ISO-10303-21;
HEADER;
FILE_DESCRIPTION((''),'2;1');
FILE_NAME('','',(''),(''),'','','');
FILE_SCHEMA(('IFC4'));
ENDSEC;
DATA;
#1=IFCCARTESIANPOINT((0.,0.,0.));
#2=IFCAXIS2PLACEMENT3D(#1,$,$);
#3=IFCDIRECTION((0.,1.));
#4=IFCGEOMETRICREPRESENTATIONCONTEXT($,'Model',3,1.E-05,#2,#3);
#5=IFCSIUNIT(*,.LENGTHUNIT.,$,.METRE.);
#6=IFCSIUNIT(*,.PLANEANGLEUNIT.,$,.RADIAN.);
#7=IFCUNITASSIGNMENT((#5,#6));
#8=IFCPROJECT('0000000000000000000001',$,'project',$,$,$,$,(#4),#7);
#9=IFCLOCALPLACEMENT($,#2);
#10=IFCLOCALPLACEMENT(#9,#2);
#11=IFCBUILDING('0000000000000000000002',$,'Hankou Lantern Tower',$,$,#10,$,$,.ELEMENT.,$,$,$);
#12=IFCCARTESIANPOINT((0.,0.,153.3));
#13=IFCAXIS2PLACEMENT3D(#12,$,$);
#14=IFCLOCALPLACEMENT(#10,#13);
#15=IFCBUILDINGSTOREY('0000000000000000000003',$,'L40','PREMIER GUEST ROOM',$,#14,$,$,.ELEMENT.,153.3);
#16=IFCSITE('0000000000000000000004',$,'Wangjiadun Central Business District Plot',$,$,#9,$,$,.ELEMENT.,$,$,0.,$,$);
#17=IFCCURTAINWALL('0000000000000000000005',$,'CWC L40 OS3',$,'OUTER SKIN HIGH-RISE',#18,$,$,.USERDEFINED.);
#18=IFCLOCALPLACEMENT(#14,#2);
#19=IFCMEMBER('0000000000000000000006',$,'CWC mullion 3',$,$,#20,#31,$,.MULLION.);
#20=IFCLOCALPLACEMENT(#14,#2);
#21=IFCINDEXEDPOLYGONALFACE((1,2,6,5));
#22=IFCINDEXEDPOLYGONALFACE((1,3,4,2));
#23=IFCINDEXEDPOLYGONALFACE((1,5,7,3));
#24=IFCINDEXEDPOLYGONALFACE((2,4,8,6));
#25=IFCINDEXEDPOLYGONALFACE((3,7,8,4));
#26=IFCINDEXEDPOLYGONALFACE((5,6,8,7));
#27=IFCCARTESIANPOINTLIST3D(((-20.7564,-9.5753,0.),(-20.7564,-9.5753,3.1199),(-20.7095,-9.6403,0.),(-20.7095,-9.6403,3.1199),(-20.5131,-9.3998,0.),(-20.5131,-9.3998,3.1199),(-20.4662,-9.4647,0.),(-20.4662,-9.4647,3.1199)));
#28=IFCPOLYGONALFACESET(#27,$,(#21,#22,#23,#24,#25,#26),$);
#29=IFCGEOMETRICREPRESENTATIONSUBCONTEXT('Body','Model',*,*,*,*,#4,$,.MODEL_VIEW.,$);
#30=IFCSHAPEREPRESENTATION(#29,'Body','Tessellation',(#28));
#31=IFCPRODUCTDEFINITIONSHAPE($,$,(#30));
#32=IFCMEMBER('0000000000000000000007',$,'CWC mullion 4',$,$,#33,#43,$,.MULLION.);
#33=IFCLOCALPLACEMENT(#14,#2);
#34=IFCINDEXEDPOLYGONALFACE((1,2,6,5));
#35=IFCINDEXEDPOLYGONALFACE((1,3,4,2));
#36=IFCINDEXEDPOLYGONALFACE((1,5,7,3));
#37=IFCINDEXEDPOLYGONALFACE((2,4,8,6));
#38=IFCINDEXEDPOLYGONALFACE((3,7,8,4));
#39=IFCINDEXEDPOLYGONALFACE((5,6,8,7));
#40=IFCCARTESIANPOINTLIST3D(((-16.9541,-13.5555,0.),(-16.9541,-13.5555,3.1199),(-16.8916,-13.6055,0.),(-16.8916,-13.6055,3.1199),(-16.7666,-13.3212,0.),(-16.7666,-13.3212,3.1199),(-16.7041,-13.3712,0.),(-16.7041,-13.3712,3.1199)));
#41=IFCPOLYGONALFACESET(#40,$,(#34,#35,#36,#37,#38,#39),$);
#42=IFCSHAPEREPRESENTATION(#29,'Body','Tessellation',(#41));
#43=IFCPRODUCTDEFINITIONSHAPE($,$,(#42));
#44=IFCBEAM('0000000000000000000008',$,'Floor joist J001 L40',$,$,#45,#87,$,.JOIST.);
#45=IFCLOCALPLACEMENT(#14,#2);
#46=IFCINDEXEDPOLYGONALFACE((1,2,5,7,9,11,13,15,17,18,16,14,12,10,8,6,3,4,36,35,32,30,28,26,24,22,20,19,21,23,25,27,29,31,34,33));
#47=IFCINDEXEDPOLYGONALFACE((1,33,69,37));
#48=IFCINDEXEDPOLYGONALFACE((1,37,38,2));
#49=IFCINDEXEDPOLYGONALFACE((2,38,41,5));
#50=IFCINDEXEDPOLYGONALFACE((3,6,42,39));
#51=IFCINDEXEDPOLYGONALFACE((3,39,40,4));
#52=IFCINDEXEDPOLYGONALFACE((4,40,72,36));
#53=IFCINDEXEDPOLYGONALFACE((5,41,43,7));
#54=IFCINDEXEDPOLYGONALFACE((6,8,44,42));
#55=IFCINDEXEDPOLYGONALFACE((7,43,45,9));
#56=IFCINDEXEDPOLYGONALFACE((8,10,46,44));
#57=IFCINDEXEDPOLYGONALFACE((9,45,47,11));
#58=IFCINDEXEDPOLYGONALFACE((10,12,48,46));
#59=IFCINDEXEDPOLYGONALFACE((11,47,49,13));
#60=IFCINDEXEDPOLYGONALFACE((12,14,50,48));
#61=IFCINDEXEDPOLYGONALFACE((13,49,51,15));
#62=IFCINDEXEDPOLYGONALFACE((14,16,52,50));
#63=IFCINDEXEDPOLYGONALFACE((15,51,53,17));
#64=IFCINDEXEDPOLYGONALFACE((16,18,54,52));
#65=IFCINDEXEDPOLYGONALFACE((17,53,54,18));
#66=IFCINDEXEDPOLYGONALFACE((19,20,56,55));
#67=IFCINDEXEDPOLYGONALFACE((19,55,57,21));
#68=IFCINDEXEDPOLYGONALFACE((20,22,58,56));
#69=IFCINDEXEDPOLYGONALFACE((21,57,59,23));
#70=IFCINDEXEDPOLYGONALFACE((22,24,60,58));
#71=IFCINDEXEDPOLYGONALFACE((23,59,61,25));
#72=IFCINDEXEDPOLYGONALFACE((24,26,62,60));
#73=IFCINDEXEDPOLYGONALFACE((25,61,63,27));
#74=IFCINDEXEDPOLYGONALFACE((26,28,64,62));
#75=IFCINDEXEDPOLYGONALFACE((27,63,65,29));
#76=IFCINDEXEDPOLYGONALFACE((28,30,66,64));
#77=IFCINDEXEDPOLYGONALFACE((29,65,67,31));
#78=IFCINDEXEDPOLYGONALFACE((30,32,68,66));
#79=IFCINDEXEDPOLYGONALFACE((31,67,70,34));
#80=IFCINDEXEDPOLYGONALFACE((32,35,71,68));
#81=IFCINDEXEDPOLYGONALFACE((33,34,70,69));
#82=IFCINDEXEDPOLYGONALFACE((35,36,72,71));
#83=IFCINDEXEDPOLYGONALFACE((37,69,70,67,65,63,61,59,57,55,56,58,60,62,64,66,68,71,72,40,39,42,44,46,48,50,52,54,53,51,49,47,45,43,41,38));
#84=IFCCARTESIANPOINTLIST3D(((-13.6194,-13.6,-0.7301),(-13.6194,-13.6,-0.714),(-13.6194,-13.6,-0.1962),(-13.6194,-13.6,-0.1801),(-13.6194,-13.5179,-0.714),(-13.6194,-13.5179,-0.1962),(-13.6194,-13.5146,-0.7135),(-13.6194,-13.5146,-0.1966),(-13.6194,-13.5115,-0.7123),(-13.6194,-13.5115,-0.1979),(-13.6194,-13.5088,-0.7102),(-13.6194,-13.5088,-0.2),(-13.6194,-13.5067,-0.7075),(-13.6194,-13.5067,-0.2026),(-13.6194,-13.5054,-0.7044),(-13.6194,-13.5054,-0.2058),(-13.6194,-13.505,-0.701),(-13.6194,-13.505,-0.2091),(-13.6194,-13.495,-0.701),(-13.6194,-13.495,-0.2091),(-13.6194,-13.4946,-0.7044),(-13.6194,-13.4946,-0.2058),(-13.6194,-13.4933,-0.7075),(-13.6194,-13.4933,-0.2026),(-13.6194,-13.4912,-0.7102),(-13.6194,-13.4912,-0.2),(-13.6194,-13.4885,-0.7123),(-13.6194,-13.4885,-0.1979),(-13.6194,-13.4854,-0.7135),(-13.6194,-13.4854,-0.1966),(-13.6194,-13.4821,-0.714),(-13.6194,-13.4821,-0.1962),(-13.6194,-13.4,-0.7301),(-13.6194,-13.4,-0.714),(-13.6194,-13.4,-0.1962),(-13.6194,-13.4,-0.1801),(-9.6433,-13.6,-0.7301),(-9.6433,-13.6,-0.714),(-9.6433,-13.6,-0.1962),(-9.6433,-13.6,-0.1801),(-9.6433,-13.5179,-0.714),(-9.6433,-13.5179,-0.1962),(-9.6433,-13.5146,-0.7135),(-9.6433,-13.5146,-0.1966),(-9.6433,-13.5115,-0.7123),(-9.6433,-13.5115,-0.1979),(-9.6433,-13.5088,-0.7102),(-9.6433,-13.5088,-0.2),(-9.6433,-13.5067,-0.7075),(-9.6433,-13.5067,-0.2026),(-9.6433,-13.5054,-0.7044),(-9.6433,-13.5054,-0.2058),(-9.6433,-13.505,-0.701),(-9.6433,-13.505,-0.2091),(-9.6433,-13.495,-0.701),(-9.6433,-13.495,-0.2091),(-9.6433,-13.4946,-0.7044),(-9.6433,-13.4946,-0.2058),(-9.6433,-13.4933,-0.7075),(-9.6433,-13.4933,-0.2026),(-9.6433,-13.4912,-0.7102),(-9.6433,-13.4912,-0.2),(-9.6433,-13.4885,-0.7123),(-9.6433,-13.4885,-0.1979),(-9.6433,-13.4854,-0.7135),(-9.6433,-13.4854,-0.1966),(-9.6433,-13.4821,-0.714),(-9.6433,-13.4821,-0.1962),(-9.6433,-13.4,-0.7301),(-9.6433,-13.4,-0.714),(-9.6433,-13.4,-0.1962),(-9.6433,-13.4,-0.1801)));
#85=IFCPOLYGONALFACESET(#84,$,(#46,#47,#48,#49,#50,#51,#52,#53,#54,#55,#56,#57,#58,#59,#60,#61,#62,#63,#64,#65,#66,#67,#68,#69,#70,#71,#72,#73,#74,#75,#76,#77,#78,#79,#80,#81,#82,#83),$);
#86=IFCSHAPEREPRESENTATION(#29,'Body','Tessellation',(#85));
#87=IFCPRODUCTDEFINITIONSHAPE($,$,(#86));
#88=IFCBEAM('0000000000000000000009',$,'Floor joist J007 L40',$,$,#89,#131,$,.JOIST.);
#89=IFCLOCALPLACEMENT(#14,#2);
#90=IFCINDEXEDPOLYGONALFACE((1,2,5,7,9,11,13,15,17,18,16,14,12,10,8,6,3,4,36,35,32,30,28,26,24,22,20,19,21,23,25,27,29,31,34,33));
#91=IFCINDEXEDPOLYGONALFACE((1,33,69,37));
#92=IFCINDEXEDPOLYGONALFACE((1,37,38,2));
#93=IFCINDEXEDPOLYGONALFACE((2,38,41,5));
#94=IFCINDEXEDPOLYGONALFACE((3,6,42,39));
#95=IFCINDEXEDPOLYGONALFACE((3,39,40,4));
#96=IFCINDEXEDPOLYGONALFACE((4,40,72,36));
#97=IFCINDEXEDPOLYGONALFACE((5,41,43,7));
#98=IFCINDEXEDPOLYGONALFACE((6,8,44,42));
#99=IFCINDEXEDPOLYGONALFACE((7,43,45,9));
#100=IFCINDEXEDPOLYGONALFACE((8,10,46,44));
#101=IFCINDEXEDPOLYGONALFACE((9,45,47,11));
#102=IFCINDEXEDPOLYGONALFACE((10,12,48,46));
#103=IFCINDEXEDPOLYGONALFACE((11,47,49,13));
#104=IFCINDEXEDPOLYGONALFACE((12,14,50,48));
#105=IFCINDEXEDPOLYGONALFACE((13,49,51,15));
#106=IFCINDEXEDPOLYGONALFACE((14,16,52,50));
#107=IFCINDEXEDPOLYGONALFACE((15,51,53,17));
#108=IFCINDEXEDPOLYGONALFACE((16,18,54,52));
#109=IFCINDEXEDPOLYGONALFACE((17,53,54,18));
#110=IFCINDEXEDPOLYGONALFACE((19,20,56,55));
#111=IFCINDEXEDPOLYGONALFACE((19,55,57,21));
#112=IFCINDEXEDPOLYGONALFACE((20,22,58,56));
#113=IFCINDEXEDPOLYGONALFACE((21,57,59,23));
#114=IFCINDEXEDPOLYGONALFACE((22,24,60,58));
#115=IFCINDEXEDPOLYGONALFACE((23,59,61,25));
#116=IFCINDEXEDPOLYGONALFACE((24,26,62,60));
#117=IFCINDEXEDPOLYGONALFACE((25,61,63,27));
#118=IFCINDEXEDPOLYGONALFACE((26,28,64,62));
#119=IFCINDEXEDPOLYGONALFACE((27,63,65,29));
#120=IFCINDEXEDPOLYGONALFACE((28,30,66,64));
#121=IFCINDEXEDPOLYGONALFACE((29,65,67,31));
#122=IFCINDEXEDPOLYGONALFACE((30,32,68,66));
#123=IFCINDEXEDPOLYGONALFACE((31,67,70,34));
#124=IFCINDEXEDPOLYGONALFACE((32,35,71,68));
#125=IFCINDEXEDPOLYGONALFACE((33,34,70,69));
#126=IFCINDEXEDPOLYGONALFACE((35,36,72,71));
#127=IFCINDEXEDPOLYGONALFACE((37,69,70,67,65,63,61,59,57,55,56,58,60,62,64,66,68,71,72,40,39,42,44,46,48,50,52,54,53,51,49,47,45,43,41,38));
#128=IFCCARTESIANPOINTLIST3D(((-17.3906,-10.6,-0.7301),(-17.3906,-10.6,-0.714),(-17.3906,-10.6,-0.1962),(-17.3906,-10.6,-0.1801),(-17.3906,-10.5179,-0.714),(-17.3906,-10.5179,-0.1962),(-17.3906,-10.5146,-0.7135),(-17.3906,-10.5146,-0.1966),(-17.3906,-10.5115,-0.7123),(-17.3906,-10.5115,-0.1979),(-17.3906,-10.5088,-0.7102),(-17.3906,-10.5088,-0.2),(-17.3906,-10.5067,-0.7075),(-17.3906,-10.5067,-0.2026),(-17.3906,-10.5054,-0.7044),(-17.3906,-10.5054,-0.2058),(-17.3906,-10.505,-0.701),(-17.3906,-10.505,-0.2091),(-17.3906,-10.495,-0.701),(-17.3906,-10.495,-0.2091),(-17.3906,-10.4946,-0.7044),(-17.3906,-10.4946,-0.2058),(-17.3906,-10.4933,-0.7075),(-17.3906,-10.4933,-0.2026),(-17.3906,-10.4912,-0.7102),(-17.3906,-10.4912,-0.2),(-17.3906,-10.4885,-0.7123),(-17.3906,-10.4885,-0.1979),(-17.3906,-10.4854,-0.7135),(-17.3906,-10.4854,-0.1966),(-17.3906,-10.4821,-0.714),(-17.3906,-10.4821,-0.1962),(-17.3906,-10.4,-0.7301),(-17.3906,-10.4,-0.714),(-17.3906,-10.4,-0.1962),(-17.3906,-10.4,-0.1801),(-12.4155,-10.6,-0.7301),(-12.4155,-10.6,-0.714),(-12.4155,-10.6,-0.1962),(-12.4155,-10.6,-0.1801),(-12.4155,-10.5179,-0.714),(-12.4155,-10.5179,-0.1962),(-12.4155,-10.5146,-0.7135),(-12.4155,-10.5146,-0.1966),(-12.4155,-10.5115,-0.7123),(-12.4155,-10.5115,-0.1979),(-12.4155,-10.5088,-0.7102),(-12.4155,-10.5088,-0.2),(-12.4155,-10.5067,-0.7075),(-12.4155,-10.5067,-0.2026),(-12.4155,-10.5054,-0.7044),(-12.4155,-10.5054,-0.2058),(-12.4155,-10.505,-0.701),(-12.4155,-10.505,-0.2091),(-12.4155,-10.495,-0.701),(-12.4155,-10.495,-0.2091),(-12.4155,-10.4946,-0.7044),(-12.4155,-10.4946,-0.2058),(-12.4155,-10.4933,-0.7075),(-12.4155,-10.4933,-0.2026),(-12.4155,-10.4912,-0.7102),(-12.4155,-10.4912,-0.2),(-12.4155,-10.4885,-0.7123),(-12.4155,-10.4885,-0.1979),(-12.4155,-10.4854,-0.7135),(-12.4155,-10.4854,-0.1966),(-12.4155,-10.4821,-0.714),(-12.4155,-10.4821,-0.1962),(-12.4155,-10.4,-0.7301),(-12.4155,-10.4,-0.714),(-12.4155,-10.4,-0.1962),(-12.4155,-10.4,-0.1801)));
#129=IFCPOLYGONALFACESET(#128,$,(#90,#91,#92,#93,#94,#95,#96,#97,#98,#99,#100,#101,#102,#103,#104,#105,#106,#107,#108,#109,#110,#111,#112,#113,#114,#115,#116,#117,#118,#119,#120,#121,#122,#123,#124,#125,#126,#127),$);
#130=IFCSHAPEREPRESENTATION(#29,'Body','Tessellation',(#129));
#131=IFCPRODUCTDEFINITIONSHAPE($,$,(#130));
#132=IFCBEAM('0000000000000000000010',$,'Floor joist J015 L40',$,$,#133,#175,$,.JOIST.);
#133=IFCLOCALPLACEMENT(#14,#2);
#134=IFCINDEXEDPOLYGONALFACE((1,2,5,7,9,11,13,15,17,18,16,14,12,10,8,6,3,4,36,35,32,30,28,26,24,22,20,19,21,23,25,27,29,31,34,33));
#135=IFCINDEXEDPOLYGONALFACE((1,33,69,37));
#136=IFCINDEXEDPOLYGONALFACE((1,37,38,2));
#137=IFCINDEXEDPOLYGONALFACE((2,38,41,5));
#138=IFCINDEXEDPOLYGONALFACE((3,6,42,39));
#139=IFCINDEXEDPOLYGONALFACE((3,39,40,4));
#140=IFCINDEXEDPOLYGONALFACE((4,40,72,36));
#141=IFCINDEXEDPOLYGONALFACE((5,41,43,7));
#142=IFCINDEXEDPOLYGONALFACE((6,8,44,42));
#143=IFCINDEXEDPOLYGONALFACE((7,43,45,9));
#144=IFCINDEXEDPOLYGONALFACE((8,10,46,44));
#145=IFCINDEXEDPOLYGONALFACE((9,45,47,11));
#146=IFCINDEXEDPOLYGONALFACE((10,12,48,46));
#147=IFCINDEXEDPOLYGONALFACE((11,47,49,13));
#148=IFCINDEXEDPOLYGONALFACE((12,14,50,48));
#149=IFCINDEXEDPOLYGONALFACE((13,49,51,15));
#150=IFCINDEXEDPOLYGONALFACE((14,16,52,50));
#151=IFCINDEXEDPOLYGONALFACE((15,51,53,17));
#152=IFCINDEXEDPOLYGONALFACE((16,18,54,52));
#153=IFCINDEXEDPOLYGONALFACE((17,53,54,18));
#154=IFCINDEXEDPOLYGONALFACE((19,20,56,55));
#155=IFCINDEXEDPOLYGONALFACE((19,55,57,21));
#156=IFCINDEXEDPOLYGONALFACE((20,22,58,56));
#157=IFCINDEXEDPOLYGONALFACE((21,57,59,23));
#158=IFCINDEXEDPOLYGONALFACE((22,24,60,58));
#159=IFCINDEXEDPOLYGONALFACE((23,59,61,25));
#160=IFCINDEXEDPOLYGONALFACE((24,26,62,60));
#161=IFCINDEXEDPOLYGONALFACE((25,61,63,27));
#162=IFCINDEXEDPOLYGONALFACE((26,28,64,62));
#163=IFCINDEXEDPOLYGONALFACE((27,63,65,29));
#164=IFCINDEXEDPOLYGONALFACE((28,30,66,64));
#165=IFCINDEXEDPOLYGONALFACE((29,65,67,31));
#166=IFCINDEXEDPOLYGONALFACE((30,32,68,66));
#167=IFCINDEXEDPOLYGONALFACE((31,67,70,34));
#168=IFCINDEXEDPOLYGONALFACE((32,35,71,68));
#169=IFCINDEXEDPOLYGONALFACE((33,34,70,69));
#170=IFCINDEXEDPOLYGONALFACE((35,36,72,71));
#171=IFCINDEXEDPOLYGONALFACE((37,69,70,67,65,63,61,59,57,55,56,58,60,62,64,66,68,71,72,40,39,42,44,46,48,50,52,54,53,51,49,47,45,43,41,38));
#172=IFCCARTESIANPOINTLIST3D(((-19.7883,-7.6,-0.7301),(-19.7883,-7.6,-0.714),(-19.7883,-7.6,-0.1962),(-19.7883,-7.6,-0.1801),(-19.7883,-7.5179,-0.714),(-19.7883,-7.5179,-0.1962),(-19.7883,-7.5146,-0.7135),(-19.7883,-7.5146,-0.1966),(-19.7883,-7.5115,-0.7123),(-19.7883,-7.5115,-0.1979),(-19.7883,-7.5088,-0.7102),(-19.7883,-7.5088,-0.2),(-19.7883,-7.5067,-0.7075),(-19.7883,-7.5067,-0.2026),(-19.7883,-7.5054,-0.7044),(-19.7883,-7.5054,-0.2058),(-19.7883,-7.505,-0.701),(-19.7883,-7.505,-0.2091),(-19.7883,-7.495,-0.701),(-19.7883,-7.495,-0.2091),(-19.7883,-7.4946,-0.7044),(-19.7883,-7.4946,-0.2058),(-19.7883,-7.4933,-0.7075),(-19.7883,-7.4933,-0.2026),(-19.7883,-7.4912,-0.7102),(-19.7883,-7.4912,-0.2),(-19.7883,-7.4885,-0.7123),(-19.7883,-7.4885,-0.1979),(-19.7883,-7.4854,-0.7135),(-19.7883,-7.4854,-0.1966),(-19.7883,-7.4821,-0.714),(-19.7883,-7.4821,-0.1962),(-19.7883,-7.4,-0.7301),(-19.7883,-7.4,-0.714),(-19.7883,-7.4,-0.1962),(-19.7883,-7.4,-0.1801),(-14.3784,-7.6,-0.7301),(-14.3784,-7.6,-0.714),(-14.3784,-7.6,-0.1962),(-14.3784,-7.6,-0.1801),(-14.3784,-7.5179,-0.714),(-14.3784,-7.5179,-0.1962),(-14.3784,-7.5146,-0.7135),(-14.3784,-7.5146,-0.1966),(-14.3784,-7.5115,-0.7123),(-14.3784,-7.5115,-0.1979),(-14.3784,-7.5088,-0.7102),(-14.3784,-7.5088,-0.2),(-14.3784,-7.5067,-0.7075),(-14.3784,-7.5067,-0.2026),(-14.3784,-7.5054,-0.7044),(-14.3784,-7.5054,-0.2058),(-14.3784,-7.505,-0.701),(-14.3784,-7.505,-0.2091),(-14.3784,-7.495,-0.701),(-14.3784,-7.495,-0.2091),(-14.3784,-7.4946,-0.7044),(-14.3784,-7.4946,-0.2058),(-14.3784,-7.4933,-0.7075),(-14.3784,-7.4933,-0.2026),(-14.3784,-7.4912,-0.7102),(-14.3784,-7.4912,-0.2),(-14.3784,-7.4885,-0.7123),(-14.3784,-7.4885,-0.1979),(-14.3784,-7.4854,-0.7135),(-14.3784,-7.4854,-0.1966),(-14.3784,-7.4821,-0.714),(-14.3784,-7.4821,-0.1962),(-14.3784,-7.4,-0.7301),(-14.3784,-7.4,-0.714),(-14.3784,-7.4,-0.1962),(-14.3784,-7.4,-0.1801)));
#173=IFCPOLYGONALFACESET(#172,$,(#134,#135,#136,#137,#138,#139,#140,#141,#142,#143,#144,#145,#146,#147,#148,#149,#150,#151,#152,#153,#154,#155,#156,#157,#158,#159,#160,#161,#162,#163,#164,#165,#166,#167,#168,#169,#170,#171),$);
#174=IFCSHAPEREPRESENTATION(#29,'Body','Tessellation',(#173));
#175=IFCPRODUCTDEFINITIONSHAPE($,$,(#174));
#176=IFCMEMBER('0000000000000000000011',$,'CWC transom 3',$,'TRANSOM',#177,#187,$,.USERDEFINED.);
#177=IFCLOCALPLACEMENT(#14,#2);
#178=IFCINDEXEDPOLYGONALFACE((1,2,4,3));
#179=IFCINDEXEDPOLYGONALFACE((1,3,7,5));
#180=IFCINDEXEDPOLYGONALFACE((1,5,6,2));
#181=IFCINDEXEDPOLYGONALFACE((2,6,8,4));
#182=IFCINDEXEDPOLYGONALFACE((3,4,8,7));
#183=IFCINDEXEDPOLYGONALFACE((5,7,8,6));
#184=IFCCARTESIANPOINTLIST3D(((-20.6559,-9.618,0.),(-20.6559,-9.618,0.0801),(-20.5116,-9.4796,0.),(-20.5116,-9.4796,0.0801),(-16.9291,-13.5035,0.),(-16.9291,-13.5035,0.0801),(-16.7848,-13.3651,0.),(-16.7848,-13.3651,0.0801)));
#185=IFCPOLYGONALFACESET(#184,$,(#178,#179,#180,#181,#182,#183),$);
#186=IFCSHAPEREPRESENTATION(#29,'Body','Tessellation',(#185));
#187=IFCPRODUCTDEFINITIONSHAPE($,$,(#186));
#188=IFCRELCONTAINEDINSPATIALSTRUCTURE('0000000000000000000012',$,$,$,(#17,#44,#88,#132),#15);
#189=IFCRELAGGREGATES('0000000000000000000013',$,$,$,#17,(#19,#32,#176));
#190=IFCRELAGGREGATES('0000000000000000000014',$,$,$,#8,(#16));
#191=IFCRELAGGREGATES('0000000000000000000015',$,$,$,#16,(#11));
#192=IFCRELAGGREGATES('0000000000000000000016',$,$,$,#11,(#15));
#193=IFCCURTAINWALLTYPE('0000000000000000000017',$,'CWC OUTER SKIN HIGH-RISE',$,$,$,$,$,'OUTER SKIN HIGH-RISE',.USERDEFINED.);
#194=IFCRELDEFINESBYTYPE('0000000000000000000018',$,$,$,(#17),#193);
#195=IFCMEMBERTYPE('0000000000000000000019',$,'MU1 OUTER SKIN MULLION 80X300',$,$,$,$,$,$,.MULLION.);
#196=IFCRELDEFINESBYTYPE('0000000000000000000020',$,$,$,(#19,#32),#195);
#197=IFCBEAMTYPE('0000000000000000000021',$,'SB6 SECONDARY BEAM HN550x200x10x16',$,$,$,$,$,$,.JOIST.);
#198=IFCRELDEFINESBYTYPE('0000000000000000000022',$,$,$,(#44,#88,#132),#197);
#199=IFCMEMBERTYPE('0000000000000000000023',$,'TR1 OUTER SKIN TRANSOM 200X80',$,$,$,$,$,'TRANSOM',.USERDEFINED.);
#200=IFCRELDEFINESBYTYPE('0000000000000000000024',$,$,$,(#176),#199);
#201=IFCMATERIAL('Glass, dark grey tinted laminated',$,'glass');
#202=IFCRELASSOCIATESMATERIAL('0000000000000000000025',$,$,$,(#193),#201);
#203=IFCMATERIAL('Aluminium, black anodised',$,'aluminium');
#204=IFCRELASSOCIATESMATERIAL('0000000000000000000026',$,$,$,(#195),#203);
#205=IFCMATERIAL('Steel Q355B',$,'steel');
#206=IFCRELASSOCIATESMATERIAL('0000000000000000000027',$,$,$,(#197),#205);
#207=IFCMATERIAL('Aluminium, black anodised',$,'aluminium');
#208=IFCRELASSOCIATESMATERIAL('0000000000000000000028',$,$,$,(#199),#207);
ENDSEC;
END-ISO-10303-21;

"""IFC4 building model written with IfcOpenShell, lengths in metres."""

from ifc_helpers import new_model, si_unit, direction, frame, origin, origin_2d, place, context, subcontext, project, spatial, rectangle, i_section, extrude, material, material_profile, profile_set, type_object, element, aggregate, save


model = new_model("IFC4")

# Units and contexts
model_context = context("Model", 3, precision=1e-05, world=origin(), true_north=direction((0.0, 1.0)))
body_context = subcontext(model_context, "Body", "Model", "MODEL_VIEW")
ifc_project = project(units=[si_unit("LENGTHUNIT", "METRE"), si_unit("PLANEANGLEUNIT", "RADIAN")], contexts=[model_context])

# Site, building, storey
site_placement = place(None, origin())
site = spatial("IfcSite", under=ifc_project, at=site_placement, Name="Wangjiadun Central Business District Plot", CompositionType="ELEMENT", RefElevation=0.0)
building_placement = place(site_placement, origin())
building = spatial("IfcBuilding", under=site, at=building_placement, Name="Hankou Lantern Tower", CompositionType="ELEMENT")
storey_placement = place(building_placement, frame((0.0, 0.0, 153.3)))
storey = spatial("IfcBuildingStorey", under=building, at=storey_placement, Name="L40", Description="PREMIER GUEST ROOM", CompositionType="ELEMENT", Elevation=153.3)

# Curtain wall, members
ifc_material_1 = material(Name="Glass, dark grey tinted laminated", Category="glass")
curtain_wall_type = type_object("IfcCurtainWallType", Name="CWC OUTER SKIN HIGH-RISE", ElementType="OUTER SKIN HIGH-RISE", PredefinedType="USERDEFINED", material=ifc_material_1)
curtain_wall_placement = place(storey_placement, origin())
curtain_wall = element("IfcCurtainWall", 1, at=curtain_wall_placement, inside=storey, type_object=curtain_wall_type, Name="CWC L40 OS3", ObjectType="OUTER SKIN HIGH-RISE", PredefinedType="USERDEFINED")
ifc_material_2 = material(Name="Aluminium, black anodised", Category="aluminium")
ifc_material_profile_1 = material_profile(ifc_material_2, rectangle(XDim=0.0801, YDim=0.3, at=origin_2d()), Name="MU1 80X300")
ifc_profile_set_1 = profile_set([ifc_material_profile_1], Name="Aluminium, black anodised")
member_type_1 = type_object("IfcMemberType", Name="MU1 OUTER SKIN MULLION 80X300", PredefinedType="MULLION", material=ifc_profile_set_1)
member_1_placement = place(storey_placement, frame((-20.6113, -9.52, 0.0), z_axis=(0.0, 0.0, 1.0), x_axis=(0.585206, -0.810885, 0.0)))
member_1 = element("IfcMember", 2, at=member_1_placement, type_object=member_type_1, Name="CWC mullion 3", PredefinedType="MULLION", context=body_context, shape_type="SweptSolid", body=[
    extrude(rectangle(XDim=0.0801, YDim=0.3, at=origin_2d()), origin(), (0.0, 0.0, 1.0), 3.1199),
])
member_2_placement = place(storey_placement, frame((-16.8291, -13.4634, 0.0), z_axis=(0.0, 0.0, 1.0), x_axis=(0.780869, -0.624695, 0.0)))
member_2 = element("IfcMember", 3, at=member_2_placement, type_object=member_type_1, Name="CWC mullion 4", PredefinedType="MULLION", context=body_context, shape_type="SweptSolid", body=[
    extrude(rectangle(XDim=0.0801, YDim=0.3, at=origin_2d()), origin(), (0.0, 0.0, 1.0), 3.1199),
])

# Beams
ifc_material_3 = material(Name="Steel Q355B", Category="steel")
ifc_material_profile_2 = material_profile(ifc_material_3, i_section(OverallWidth=0.2, OverallDepth=0.55, WebThickness=0.01, FlangeThickness=0.0161, FilletRadius=0.0129, at=origin_2d()), Name="HN550x200x10x16")
ifc_profile_set_2 = profile_set([ifc_material_profile_2], Name="Steel Q355B")
beam_type_1 = type_object("IfcBeamType", Name="SB6 SECONDARY BEAM HN550x200x10x16", PredefinedType="JOIST", material=ifc_profile_set_2)
beam_1_placement = place(storey_placement, frame((-13.6194, -13.5, -0.4551), z_axis=(1.0, 0.0, 0.0), x_axis=(0.0, 1.0, 0.0)))
element("IfcBeam", 4, at=beam_1_placement, inside=storey, type_object=beam_type_1, Name="Floor joist J001 L40", PredefinedType="JOIST", context=body_context, shape_type="SweptSolid", body=[
    extrude(i_section(OverallWidth=0.2, OverallDepth=0.55, WebThickness=0.01, FlangeThickness=0.0161, FilletRadius=0.0129, at=origin_2d()), origin(), (0.0, 0.0, 1.0), 3.9761),
])
beam_2_placement = place(storey_placement, frame((-17.3906, -10.5, -0.4551), z_axis=(1.0, 0.0, 0.0), x_axis=(0.0, 1.0, 0.0)))
element("IfcBeam", 5, at=beam_2_placement, inside=storey, type_object=beam_type_1, Name="Floor joist J007 L40", PredefinedType="JOIST", context=body_context, shape_type="SweptSolid", body=[
    extrude(i_section(OverallWidth=0.2, OverallDepth=0.55, WebThickness=0.01, FlangeThickness=0.0161, FilletRadius=0.0129, at=origin_2d()), origin(), (0.0, 0.0, 1.0), 4.9751),
])
beam_3_placement = place(storey_placement, frame((-19.7883, -7.5, -0.4551), z_axis=(1.0, 0.0, 0.0), x_axis=(0.0, 1.0, 0.0)))
element("IfcBeam", 6, at=beam_3_placement, inside=storey, type_object=beam_type_1, Name="Floor joist J015 L40", PredefinedType="JOIST", context=body_context, shape_type="SweptSolid", body=[
    extrude(i_section(OverallWidth=0.2, OverallDepth=0.55, WebThickness=0.01, FlangeThickness=0.0161, FilletRadius=0.0129, at=origin_2d()), origin(), (0.0, 0.0, 1.0), 5.4099),
])

# Member
ifc_material_4 = material(Name="Aluminium, black anodised", Category="aluminium")
ifc_material_profile_3 = material_profile(ifc_material_4, rectangle(XDim=0.2, YDim=0.0801, at=origin_2d()), Name="TR1 200X80")
ifc_profile_set_3 = profile_set([ifc_material_profile_3], Name="Aluminium, black anodised")
member_type_2 = type_object("IfcMemberType", Name="TR1 OUTER SKIN TRANSOM 200X80", ElementType="TRANSOM", PredefinedType="USERDEFINED", material=ifc_profile_set_3)
member_3_placement = place(storey_placement, frame((-20.5837, -9.5488, 0.04), z_axis=(0.692216, -0.721691, 0.0), x_axis=(0.721691, 0.692216, 0.0)))
member_3 = element("IfcMember", 7, at=member_3_placement, type_object=member_type_2, Name="CWC transom 3", ObjectType="TRANSOM", PredefinedType="USERDEFINED", context=body_context, shape_type="SweptSolid", body=[
    extrude(rectangle(XDim=0.2, YDim=0.0801, at=origin_2d()), origin(), (0.0, 0.0, 1.0), 5.3838),
])

aggregate(curtain_wall, [member_1, member_2, member_3])

save(model, "model.ifc")
